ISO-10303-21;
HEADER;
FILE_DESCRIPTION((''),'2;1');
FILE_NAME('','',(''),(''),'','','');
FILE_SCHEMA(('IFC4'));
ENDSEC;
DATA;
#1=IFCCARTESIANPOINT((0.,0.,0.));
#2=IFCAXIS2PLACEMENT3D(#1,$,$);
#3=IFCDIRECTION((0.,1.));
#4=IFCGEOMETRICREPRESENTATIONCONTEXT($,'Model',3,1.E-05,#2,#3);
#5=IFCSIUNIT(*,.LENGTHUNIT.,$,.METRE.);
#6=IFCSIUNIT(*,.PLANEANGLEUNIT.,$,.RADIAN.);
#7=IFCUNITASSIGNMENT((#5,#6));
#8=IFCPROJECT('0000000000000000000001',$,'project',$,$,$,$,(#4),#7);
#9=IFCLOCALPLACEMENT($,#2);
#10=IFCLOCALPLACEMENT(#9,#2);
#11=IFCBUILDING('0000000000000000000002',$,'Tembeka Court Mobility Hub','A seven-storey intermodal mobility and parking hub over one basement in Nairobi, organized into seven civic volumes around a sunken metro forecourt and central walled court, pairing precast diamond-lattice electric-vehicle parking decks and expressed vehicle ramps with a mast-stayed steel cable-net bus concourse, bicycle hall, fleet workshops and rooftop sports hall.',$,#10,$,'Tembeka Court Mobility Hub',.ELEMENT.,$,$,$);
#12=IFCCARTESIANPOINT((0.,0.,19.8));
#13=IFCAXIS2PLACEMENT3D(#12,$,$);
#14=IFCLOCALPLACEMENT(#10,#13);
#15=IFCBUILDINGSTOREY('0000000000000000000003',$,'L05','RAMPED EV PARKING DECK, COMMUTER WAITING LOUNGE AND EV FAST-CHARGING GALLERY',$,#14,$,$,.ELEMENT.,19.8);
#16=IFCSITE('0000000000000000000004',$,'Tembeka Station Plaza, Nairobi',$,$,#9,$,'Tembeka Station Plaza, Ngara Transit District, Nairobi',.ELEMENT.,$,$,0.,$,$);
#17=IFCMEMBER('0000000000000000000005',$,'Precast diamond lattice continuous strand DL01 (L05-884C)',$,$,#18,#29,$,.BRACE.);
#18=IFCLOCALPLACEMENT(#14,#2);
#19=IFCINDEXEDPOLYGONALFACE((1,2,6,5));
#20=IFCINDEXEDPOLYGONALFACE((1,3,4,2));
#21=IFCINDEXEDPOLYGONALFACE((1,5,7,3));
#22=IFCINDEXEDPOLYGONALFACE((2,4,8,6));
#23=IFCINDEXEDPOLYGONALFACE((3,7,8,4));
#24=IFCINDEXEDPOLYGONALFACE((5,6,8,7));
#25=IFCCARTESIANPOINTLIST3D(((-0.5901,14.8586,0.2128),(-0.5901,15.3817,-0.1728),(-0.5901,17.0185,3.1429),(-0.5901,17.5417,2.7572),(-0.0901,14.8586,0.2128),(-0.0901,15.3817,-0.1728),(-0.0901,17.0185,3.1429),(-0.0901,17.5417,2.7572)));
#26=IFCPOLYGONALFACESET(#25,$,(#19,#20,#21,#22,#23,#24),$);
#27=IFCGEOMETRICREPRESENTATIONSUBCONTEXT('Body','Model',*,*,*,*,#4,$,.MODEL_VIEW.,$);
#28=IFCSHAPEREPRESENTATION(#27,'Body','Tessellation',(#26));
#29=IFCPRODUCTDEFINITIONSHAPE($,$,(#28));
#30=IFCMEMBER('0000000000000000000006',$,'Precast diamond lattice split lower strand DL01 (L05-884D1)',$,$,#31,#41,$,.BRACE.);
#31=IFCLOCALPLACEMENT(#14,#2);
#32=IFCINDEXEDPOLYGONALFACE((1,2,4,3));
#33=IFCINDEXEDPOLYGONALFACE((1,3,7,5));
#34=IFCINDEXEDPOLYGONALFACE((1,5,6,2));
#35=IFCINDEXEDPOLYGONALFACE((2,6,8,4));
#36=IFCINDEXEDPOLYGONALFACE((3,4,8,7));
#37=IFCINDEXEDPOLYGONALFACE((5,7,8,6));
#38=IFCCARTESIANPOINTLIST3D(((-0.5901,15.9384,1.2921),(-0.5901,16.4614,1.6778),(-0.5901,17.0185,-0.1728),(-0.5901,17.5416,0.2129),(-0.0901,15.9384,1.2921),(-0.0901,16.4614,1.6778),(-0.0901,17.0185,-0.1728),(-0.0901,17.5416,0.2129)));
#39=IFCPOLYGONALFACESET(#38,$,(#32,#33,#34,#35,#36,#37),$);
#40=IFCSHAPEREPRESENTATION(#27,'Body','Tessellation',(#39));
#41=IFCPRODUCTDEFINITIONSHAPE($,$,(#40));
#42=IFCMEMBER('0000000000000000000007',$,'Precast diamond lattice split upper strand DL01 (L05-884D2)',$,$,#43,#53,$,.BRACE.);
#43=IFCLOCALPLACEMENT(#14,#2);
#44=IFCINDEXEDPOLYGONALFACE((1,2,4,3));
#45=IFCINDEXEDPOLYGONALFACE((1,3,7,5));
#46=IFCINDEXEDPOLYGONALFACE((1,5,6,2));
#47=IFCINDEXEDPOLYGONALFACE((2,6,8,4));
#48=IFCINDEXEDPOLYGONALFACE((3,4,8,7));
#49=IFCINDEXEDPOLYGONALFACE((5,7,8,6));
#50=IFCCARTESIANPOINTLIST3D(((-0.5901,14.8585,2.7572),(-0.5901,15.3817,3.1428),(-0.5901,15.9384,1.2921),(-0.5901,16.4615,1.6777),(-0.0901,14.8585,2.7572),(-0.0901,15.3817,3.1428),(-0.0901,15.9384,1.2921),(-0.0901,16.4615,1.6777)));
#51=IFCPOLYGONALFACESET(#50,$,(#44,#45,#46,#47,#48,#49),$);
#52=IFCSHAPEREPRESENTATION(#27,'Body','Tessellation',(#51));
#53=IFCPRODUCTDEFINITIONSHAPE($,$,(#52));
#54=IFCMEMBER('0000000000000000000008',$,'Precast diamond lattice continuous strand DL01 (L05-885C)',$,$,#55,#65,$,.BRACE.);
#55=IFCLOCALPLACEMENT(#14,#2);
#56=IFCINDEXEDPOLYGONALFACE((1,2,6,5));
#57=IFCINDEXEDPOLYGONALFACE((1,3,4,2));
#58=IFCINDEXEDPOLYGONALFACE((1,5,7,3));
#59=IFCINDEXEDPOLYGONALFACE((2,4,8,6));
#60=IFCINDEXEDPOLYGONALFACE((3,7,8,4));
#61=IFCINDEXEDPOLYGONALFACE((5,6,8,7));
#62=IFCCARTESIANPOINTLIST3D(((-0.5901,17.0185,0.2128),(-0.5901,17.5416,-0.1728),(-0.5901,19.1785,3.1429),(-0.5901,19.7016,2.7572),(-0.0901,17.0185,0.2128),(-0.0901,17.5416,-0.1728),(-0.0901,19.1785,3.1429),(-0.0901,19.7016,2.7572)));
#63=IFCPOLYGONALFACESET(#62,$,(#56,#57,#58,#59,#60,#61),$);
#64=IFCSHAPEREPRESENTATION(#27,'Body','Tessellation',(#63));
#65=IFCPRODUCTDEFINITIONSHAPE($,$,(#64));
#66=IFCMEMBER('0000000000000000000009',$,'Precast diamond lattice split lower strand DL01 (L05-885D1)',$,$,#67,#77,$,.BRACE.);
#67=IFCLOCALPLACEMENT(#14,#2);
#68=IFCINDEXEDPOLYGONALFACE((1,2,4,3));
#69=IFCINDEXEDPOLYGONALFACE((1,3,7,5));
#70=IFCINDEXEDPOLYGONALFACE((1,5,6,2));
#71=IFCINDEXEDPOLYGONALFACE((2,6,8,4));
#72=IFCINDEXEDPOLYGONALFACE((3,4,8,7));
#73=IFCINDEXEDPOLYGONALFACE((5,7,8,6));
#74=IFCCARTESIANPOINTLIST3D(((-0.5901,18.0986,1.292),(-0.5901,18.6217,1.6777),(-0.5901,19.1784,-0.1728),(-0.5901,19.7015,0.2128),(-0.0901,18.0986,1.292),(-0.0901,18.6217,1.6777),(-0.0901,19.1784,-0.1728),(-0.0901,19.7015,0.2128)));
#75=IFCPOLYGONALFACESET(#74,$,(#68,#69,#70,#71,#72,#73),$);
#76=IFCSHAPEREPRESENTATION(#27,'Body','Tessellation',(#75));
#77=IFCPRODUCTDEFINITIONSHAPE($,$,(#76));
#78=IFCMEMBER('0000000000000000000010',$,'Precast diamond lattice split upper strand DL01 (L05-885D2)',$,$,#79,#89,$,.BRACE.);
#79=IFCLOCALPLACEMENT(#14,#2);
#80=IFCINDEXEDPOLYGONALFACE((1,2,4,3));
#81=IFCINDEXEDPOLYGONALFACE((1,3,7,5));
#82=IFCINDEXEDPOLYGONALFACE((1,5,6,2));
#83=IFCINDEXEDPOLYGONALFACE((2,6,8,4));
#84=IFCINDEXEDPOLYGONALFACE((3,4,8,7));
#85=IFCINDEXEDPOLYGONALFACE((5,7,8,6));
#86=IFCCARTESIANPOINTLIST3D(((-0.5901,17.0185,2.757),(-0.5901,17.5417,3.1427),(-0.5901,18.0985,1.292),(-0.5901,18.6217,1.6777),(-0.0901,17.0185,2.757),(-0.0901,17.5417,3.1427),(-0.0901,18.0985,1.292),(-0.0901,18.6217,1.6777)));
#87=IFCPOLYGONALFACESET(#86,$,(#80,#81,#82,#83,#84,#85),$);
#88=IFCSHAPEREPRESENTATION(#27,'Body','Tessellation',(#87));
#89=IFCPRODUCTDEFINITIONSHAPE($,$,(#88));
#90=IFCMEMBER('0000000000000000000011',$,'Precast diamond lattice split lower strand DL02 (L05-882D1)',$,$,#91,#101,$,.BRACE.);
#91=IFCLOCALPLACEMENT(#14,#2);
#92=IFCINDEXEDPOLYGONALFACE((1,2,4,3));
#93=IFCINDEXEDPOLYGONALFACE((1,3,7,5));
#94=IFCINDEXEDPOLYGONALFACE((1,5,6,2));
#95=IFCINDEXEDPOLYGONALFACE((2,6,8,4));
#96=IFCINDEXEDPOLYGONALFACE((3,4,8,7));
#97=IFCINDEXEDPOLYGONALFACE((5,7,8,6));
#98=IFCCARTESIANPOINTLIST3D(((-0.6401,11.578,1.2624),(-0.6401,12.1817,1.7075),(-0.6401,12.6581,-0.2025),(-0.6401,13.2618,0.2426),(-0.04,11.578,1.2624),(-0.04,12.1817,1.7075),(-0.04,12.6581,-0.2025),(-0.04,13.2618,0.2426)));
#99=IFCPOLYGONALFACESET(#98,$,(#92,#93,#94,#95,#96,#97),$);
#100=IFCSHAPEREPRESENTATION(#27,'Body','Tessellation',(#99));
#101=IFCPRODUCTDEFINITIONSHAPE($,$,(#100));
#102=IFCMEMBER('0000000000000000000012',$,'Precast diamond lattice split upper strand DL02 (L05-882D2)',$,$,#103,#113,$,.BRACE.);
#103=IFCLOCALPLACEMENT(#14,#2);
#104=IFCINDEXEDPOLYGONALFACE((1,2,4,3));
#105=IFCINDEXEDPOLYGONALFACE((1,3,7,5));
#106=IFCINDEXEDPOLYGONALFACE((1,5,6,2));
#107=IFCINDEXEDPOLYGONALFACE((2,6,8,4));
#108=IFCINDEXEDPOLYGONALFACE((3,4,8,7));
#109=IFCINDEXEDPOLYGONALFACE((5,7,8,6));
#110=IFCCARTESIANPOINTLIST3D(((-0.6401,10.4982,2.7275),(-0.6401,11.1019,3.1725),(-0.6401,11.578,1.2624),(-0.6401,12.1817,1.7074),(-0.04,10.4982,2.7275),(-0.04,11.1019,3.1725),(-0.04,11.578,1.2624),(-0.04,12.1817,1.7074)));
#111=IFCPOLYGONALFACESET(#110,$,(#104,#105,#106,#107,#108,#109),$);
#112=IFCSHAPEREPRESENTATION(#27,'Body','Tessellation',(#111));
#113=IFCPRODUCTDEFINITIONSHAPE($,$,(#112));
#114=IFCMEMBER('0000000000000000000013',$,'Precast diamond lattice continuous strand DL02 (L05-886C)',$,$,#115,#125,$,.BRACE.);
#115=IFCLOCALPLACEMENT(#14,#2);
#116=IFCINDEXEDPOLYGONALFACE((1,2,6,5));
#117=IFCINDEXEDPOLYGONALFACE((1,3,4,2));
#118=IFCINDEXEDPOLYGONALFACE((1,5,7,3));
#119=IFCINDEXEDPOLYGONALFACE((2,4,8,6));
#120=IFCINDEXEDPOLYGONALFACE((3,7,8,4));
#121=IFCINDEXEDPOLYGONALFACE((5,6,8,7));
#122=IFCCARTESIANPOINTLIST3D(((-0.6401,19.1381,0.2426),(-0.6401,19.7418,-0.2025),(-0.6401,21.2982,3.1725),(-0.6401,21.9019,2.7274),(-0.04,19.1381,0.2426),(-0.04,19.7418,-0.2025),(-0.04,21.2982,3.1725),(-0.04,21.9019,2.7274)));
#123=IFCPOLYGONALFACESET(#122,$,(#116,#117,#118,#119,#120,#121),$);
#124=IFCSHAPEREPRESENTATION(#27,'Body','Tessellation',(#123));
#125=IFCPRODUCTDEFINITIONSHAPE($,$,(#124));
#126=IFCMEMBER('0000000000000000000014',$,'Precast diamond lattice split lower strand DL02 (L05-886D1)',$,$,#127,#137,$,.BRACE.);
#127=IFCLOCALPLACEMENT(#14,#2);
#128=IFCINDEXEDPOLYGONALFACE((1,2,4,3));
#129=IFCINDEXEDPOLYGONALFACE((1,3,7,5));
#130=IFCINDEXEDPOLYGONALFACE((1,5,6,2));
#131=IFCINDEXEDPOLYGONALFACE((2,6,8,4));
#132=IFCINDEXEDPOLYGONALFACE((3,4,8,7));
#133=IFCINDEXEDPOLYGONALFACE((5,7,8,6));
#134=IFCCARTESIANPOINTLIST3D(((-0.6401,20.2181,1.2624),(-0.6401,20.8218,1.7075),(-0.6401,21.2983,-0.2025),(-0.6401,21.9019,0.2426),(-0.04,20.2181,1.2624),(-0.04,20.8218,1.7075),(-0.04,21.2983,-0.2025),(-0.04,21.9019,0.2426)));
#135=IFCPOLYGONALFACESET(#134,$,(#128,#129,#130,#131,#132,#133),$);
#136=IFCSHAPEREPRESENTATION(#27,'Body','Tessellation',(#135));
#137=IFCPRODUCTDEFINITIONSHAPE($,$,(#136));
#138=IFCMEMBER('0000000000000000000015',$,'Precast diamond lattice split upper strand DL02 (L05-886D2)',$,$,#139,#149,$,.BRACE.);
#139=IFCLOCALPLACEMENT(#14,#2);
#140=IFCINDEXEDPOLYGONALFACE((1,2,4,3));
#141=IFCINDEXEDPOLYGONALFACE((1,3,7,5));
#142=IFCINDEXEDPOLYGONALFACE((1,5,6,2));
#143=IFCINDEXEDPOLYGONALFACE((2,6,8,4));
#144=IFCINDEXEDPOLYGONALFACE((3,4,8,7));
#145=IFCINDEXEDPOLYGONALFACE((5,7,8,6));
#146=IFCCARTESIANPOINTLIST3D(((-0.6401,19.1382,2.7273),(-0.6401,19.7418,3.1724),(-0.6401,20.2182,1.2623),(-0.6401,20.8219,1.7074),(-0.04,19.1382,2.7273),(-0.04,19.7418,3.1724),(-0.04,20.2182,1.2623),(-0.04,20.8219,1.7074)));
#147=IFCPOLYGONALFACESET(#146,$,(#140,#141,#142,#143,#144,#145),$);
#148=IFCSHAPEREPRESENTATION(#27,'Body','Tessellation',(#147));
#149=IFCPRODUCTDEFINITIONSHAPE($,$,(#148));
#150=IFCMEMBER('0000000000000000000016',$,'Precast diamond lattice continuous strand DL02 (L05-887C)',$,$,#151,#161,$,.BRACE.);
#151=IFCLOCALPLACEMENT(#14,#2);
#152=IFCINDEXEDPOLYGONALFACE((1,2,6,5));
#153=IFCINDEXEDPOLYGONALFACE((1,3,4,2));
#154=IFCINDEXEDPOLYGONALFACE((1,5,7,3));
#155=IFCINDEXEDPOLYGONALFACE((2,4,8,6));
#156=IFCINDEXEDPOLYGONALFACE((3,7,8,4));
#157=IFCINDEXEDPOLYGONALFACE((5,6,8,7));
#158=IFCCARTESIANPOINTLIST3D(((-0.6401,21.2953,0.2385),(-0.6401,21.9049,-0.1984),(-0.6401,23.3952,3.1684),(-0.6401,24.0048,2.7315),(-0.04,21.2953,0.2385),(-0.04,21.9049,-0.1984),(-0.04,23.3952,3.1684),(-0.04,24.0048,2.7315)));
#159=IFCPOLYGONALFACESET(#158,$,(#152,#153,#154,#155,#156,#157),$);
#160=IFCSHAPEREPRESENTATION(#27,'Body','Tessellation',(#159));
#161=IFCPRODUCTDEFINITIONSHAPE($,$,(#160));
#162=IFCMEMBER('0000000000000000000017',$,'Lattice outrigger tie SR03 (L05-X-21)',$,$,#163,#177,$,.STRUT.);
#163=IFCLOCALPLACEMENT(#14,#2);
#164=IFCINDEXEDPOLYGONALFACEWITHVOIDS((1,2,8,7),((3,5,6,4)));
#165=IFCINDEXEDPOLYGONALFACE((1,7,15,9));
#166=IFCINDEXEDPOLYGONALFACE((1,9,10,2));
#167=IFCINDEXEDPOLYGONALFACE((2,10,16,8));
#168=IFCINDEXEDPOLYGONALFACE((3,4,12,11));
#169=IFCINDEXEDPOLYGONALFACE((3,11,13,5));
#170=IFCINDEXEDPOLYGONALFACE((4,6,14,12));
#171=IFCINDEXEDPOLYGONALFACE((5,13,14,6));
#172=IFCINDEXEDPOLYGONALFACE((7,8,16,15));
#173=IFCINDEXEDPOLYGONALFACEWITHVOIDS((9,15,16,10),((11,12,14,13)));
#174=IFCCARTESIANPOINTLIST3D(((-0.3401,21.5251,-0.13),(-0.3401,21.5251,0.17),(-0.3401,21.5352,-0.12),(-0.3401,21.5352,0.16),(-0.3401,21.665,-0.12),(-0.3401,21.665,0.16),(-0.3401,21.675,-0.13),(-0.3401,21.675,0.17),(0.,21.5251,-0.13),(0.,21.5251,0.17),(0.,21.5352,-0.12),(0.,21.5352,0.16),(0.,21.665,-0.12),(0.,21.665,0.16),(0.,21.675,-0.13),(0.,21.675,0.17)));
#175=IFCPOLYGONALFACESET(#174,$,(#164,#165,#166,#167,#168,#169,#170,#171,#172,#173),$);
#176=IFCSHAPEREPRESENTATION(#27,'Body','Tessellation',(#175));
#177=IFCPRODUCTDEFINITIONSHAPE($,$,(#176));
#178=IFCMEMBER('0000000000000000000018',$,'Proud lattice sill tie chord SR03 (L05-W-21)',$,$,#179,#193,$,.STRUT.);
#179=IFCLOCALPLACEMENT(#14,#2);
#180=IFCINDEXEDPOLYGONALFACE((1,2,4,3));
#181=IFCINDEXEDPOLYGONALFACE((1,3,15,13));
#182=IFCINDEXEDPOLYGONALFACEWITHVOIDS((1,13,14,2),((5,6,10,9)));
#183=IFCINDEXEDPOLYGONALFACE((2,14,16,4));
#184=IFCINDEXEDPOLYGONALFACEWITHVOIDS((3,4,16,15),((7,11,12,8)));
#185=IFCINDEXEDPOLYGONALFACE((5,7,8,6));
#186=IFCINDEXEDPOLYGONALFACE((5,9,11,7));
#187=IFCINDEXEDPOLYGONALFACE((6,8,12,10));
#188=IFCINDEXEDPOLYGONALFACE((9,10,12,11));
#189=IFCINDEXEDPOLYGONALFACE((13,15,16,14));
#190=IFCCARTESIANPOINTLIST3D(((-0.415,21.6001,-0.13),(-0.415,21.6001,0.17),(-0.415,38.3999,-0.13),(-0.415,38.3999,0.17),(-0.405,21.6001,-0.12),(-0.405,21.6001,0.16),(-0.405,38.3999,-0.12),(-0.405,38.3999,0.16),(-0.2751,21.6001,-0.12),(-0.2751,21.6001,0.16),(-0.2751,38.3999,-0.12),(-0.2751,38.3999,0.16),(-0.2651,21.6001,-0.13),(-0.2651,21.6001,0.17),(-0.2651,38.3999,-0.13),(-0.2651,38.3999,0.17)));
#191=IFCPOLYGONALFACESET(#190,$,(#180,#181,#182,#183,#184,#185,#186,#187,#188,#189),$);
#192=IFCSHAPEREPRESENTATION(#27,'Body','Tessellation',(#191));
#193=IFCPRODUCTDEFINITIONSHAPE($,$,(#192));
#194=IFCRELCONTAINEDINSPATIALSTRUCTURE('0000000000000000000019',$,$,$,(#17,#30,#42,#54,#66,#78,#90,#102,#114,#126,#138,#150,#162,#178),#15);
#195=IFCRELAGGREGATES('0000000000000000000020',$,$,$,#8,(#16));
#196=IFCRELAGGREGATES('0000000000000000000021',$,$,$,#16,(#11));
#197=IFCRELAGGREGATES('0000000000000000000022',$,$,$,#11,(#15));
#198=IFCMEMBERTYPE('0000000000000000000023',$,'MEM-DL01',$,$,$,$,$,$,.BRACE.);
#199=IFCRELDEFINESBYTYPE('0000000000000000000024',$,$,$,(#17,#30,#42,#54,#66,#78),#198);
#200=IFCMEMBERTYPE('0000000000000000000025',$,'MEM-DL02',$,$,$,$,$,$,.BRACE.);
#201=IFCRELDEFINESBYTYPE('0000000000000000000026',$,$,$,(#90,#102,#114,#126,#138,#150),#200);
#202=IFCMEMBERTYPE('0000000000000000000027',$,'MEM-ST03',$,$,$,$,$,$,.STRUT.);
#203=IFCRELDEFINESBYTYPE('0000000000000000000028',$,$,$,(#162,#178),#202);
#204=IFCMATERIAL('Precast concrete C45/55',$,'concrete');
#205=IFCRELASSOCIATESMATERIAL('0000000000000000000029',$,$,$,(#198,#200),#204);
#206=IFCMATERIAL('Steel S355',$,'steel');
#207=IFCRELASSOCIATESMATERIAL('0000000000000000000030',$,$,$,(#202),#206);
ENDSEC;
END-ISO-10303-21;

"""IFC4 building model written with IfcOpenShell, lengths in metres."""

from ifc_helpers import new_model, si_unit, direction, frame, origin, origin_2d, place, context, subcontext, project, spatial, rectangle, hollow_rectangle, extrude, material, material_profile, profile_set, type_object, element, save


model = new_model("IFC4")

# Units and contexts
model_context = context("Model", 3, precision=1e-05, world=origin(), true_north=direction((0.0, 1.0)))
body_context = subcontext(model_context, "Body", "Model", "MODEL_VIEW")
ifc_project = project(units=[si_unit("LENGTHUNIT", "METRE"), si_unit("PLANEANGLEUNIT", "RADIAN")], contexts=[model_context])

# Site, building, storey
site_placement = place(None, origin())
site = spatial("IfcSite", under=ifc_project, at=site_placement, Name="Tembeka Station Plaza, Nairobi", LongName="Tembeka Station Plaza, Ngara Transit District, Nairobi", CompositionType="ELEMENT", RefElevation=0.0)
building_placement = place(site_placement, origin())
building = spatial("IfcBuilding", under=site, at=building_placement, Name="Tembeka Court Mobility Hub", Description="A seven-storey intermodal mobility and parking hub over one basement in Nairobi, organized into seven civic volumes around a sunken metro forecourt and central walled court, pairing precast diamond-lattice electric-vehicle parking decks and expressed vehicle ramps with a mast-stayed steel cable-net bus concourse, bicycle hall, fleet workshops and rooftop sports hall.", LongName="Tembeka Court Mobility Hub", CompositionType="ELEMENT")
storey_placement = place(building_placement, frame((0.0, 0.0, 19.8)))
storey = spatial("IfcBuildingStorey", under=building, at=storey_placement, Name="L05", Description="RAMPED EV PARKING DECK, COMMUTER WAITING LOUNGE AND EV FAST-CHARGING GALLERY", CompositionType="ELEMENT", Elevation=19.8)

# Shared definitions
ifc_material_1 = material(Name="Steel S355", Category="steel")

# Members
ifc_material_2 = material(Name="Precast concrete C45/55", Category="concrete")
ifc_material_profile_1 = material_profile(ifc_material_2, rectangle(XDim=0.5, YDim=0.6499, at=origin_2d()), Name="PC-DIAG 500x650")
ifc_profile_set_1 = profile_set([ifc_material_profile_1], Name="Precast concrete C45/55")
member_type_1 = type_object("IfcMemberType", Name="MEM-DL01", PredefinedType="BRACE", material=ifc_profile_set_1)
member_1_placement = place(storey_placement, frame((-0.3401, 15.1201, 0.02), z_axis=(0.0, 0.59338, 0.804923), x_axis=(-1.0, 0.0, 0.0)))
element("IfcMember", 1, at=member_1_placement, inside=storey, type_object=member_type_1, Name="Precast diamond lattice continuous strand DL01 (L05-884C)", PredefinedType="BRACE", context=body_context, shape_type="SweptSolid", body=[
    extrude(rectangle(XDim=0.5, YDim=0.6499, at=origin_2d()), origin(), (0.0, 0.0, 1.0), 3.6401),
])
for number, where, z_axis, x_axis, name in (
    (2, (-0.3401, 17.28, 0.02), (0.0, -0.593455, 0.804867), (1.0, 0.0, 0.0), "Precast diamond lattice split lower strand DL01 (L05-884D1)"),
    (3, (-0.3401, 16.2, 1.4849), (0.0, -0.593304, 0.804978), (1.0, 0.0, 0.0), "Precast diamond lattice split upper strand DL01 (L05-884D2)"),
):
    element("IfcMember", number, at=place(storey_placement, frame(where, z_axis=z_axis, x_axis=x_axis)), inside=storey, type_object=member_type_1, Name=name, PredefinedType="BRACE", context=body_context, shape_type="SweptSolid", body=[
        extrude(rectangle(XDim=0.5, YDim=0.6499, at=origin_2d()), origin(), (0.0, 0.0, 1.0), 1.8201),
    ])
member_2_placement = place(storey_placement, frame((-0.3401, 17.28, 0.02), z_axis=(0.0, 0.59338, 0.804923), x_axis=(-1.0, 0.0, 0.0)))
element("IfcMember", 4, at=member_2_placement, inside=storey, type_object=member_type_1, Name="Precast diamond lattice continuous strand DL01 (L05-885C)", PredefinedType="BRACE", context=body_context, shape_type="SweptSolid", body=[
    extrude(rectangle(XDim=0.5, YDim=0.6499, at=origin_2d()), origin(), (0.0, 0.0, 1.0), 3.6401),
])
member_3_placement = place(storey_placement, frame((-0.3401, 19.4399, 0.02), z_axis=(0.0, -0.593368, 0.804931), x_axis=(1.0, 0.0, 0.0)))
element("IfcMember", 5, at=member_3_placement, inside=storey, type_object=member_type_1, Name="Precast diamond lattice split lower strand DL01 (L05-885D1)", PredefinedType="BRACE", context=body_context, shape_type="SweptSolid", body=[
    extrude(rectangle(XDim=0.5, YDim=0.6499, at=origin_2d()), origin(), (0.0, 0.0, 1.0), 1.8198),
])
member_4_placement = place(storey_placement, frame((-0.3401, 18.3601, 1.4849), z_axis=(0.0, -0.593391, 0.804914), x_axis=(1.0, 0.0, 0.0)))
element("IfcMember", 6, at=member_4_placement, inside=storey, type_object=member_type_1, Name="Precast diamond lattice split upper strand DL01 (L05-885D2)", PredefinedType="BRACE", context=body_context, shape_type="SweptSolid", body=[
    extrude(rectangle(XDim=0.5, YDim=0.6499, at=origin_2d()), origin(), (0.0, 0.0, 1.0), 1.8201),
])
ifc_material_profile_2 = material_profile(ifc_material_2, rectangle(XDim=0.6001, YDim=0.75, at=origin_2d()), Name="PC-DIAG 600x750")
ifc_profile_set_2 = profile_set([ifc_material_profile_2], Name="Precast concrete C45/55")
member_type_2 = type_object("IfcMemberType", Name="MEM-DL02", PredefinedType="BRACE", material=ifc_profile_set_2)
for number, where, z_axis, x_axis, name in (
    (7, (-0.3401, 12.96, 0.02), (0.0, -0.593455, 0.804867), (1.0, 0.0, 0.0), "Precast diamond lattice split lower strand DL02 (L05-882D1)"),
    (8, (-0.3401, 11.8799, 1.4849), (0.0, -0.593304, 0.804978), (1.0, 0.0, 0.0), "Precast diamond lattice split upper strand DL02 (L05-882D2)"),
):
    element("IfcMember", number, at=place(storey_placement, frame(where, z_axis=z_axis, x_axis=x_axis)), inside=storey, type_object=member_type_2, Name=name, PredefinedType="BRACE", context=body_context, shape_type="SweptSolid", body=[
        extrude(rectangle(XDim=0.6001, YDim=0.75, at=origin_2d()), origin(), (0.0, 0.0, 1.0), 1.8201),
    ])
member_5_placement = place(storey_placement, frame((-0.3401, 19.4399, 0.02), z_axis=(0.0, 0.593423, 0.804891), x_axis=(-1.0, 0.0, 0.0)))
element("IfcMember", 9, at=member_5_placement, inside=storey, type_object=member_type_2, Name="Precast diamond lattice continuous strand DL02 (L05-886C)", PredefinedType="BRACE", context=body_context, shape_type="SweptSolid", body=[
    extrude(rectangle(XDim=0.6001, YDim=0.75, at=origin_2d()), origin(), (0.0, 0.0, 1.0), 3.6401),
])
for number, where, z_axis, x_axis, name in (
    (10, (-0.3401, 21.6001, 0.02), (0.0, -0.593455, 0.804867), (1.0, 0.0, 0.0), "Precast diamond lattice split lower strand DL02 (L05-886D1)"),
    (11, (-0.3401, 20.52, 1.4849), (0.0, -0.593391, 0.804914), (1.0, 0.0, 0.0), "Precast diamond lattice split upper strand DL02 (L05-886D2)"),
):
    element("IfcMember", number, at=place(storey_placement, frame(where, z_axis=z_axis, x_axis=x_axis)), inside=storey, type_object=member_type_2, Name=name, PredefinedType="BRACE", context=body_context, shape_type="SweptSolid", body=[
        extrude(rectangle(XDim=0.6001, YDim=0.75, at=origin_2d()), origin(), (0.0, 0.0, 1.0), 1.8201),
    ])
member_6_placement = place(storey_placement, frame((-0.3401, 21.6001, 0.02), z_axis=(0.0, 0.582532, 0.812808), x_axis=(-1.0, 0.0, 0.0)))
element("IfcMember", 12, at=member_6_placement, inside=storey, type_object=member_type_2, Name="Precast diamond lattice continuous strand DL02 (L05-887C)", PredefinedType="BRACE", context=body_context, shape_type="SweptSolid", body=[
    extrude(rectangle(XDim=0.6001, YDim=0.75, at=origin_2d()), origin(), (0.0, 0.0, 1.0), 3.6047),
])
ifc_material_profile_3 = material_profile(ifc_material_1, hollow_rectangle(XDim=0.1499, YDim=0.3, WallThickness=0.01, at=origin_2d()), Name="RHS 300x150x10")
ifc_profile_set_3 = profile_set([ifc_material_profile_3], Name="Steel S355")
member_type_3 = type_object("IfcMemberType", Name="MEM-ST03", PredefinedType="STRUT", material=ifc_profile_set_3)
member_7_placement = place(storey_placement, frame((0.0, 21.6001, 0.02), z_axis=(-1.0, 0.0, 0.0), x_axis=(0.0, -1.0, 0.0)))
element("IfcMember", 13, at=member_7_placement, inside=storey, type_object=member_type_3, Name="Lattice outrigger tie SR03 (L05-X-21)", PredefinedType="STRUT", context=body_context, shape_type="SweptSolid", body=[
    extrude(hollow_rectangle(XDim=0.1499, YDim=0.3, WallThickness=0.01, at=origin_2d()), origin(), (0.0, 0.0, 1.0), 0.3401),
])
member_8_placement = place(storey_placement, frame((-0.3401, 21.6001, 0.02), z_axis=(0.0, 1.0, 0.0), x_axis=(-1.0, 0.0, 0.0)))
element("IfcMember", 14, at=member_8_placement, inside=storey, type_object=member_type_3, Name="Proud lattice sill tie chord SR03 (L05-W-21)", PredefinedType="STRUT", context=body_context, shape_type="SweptSolid", body=[
    extrude(hollow_rectangle(XDim=0.1499, YDim=0.3, WallThickness=0.01, at=origin_2d()), origin(), (0.0, 0.0, 1.0), 16.7998),
])

save(model, "model.ifc")
